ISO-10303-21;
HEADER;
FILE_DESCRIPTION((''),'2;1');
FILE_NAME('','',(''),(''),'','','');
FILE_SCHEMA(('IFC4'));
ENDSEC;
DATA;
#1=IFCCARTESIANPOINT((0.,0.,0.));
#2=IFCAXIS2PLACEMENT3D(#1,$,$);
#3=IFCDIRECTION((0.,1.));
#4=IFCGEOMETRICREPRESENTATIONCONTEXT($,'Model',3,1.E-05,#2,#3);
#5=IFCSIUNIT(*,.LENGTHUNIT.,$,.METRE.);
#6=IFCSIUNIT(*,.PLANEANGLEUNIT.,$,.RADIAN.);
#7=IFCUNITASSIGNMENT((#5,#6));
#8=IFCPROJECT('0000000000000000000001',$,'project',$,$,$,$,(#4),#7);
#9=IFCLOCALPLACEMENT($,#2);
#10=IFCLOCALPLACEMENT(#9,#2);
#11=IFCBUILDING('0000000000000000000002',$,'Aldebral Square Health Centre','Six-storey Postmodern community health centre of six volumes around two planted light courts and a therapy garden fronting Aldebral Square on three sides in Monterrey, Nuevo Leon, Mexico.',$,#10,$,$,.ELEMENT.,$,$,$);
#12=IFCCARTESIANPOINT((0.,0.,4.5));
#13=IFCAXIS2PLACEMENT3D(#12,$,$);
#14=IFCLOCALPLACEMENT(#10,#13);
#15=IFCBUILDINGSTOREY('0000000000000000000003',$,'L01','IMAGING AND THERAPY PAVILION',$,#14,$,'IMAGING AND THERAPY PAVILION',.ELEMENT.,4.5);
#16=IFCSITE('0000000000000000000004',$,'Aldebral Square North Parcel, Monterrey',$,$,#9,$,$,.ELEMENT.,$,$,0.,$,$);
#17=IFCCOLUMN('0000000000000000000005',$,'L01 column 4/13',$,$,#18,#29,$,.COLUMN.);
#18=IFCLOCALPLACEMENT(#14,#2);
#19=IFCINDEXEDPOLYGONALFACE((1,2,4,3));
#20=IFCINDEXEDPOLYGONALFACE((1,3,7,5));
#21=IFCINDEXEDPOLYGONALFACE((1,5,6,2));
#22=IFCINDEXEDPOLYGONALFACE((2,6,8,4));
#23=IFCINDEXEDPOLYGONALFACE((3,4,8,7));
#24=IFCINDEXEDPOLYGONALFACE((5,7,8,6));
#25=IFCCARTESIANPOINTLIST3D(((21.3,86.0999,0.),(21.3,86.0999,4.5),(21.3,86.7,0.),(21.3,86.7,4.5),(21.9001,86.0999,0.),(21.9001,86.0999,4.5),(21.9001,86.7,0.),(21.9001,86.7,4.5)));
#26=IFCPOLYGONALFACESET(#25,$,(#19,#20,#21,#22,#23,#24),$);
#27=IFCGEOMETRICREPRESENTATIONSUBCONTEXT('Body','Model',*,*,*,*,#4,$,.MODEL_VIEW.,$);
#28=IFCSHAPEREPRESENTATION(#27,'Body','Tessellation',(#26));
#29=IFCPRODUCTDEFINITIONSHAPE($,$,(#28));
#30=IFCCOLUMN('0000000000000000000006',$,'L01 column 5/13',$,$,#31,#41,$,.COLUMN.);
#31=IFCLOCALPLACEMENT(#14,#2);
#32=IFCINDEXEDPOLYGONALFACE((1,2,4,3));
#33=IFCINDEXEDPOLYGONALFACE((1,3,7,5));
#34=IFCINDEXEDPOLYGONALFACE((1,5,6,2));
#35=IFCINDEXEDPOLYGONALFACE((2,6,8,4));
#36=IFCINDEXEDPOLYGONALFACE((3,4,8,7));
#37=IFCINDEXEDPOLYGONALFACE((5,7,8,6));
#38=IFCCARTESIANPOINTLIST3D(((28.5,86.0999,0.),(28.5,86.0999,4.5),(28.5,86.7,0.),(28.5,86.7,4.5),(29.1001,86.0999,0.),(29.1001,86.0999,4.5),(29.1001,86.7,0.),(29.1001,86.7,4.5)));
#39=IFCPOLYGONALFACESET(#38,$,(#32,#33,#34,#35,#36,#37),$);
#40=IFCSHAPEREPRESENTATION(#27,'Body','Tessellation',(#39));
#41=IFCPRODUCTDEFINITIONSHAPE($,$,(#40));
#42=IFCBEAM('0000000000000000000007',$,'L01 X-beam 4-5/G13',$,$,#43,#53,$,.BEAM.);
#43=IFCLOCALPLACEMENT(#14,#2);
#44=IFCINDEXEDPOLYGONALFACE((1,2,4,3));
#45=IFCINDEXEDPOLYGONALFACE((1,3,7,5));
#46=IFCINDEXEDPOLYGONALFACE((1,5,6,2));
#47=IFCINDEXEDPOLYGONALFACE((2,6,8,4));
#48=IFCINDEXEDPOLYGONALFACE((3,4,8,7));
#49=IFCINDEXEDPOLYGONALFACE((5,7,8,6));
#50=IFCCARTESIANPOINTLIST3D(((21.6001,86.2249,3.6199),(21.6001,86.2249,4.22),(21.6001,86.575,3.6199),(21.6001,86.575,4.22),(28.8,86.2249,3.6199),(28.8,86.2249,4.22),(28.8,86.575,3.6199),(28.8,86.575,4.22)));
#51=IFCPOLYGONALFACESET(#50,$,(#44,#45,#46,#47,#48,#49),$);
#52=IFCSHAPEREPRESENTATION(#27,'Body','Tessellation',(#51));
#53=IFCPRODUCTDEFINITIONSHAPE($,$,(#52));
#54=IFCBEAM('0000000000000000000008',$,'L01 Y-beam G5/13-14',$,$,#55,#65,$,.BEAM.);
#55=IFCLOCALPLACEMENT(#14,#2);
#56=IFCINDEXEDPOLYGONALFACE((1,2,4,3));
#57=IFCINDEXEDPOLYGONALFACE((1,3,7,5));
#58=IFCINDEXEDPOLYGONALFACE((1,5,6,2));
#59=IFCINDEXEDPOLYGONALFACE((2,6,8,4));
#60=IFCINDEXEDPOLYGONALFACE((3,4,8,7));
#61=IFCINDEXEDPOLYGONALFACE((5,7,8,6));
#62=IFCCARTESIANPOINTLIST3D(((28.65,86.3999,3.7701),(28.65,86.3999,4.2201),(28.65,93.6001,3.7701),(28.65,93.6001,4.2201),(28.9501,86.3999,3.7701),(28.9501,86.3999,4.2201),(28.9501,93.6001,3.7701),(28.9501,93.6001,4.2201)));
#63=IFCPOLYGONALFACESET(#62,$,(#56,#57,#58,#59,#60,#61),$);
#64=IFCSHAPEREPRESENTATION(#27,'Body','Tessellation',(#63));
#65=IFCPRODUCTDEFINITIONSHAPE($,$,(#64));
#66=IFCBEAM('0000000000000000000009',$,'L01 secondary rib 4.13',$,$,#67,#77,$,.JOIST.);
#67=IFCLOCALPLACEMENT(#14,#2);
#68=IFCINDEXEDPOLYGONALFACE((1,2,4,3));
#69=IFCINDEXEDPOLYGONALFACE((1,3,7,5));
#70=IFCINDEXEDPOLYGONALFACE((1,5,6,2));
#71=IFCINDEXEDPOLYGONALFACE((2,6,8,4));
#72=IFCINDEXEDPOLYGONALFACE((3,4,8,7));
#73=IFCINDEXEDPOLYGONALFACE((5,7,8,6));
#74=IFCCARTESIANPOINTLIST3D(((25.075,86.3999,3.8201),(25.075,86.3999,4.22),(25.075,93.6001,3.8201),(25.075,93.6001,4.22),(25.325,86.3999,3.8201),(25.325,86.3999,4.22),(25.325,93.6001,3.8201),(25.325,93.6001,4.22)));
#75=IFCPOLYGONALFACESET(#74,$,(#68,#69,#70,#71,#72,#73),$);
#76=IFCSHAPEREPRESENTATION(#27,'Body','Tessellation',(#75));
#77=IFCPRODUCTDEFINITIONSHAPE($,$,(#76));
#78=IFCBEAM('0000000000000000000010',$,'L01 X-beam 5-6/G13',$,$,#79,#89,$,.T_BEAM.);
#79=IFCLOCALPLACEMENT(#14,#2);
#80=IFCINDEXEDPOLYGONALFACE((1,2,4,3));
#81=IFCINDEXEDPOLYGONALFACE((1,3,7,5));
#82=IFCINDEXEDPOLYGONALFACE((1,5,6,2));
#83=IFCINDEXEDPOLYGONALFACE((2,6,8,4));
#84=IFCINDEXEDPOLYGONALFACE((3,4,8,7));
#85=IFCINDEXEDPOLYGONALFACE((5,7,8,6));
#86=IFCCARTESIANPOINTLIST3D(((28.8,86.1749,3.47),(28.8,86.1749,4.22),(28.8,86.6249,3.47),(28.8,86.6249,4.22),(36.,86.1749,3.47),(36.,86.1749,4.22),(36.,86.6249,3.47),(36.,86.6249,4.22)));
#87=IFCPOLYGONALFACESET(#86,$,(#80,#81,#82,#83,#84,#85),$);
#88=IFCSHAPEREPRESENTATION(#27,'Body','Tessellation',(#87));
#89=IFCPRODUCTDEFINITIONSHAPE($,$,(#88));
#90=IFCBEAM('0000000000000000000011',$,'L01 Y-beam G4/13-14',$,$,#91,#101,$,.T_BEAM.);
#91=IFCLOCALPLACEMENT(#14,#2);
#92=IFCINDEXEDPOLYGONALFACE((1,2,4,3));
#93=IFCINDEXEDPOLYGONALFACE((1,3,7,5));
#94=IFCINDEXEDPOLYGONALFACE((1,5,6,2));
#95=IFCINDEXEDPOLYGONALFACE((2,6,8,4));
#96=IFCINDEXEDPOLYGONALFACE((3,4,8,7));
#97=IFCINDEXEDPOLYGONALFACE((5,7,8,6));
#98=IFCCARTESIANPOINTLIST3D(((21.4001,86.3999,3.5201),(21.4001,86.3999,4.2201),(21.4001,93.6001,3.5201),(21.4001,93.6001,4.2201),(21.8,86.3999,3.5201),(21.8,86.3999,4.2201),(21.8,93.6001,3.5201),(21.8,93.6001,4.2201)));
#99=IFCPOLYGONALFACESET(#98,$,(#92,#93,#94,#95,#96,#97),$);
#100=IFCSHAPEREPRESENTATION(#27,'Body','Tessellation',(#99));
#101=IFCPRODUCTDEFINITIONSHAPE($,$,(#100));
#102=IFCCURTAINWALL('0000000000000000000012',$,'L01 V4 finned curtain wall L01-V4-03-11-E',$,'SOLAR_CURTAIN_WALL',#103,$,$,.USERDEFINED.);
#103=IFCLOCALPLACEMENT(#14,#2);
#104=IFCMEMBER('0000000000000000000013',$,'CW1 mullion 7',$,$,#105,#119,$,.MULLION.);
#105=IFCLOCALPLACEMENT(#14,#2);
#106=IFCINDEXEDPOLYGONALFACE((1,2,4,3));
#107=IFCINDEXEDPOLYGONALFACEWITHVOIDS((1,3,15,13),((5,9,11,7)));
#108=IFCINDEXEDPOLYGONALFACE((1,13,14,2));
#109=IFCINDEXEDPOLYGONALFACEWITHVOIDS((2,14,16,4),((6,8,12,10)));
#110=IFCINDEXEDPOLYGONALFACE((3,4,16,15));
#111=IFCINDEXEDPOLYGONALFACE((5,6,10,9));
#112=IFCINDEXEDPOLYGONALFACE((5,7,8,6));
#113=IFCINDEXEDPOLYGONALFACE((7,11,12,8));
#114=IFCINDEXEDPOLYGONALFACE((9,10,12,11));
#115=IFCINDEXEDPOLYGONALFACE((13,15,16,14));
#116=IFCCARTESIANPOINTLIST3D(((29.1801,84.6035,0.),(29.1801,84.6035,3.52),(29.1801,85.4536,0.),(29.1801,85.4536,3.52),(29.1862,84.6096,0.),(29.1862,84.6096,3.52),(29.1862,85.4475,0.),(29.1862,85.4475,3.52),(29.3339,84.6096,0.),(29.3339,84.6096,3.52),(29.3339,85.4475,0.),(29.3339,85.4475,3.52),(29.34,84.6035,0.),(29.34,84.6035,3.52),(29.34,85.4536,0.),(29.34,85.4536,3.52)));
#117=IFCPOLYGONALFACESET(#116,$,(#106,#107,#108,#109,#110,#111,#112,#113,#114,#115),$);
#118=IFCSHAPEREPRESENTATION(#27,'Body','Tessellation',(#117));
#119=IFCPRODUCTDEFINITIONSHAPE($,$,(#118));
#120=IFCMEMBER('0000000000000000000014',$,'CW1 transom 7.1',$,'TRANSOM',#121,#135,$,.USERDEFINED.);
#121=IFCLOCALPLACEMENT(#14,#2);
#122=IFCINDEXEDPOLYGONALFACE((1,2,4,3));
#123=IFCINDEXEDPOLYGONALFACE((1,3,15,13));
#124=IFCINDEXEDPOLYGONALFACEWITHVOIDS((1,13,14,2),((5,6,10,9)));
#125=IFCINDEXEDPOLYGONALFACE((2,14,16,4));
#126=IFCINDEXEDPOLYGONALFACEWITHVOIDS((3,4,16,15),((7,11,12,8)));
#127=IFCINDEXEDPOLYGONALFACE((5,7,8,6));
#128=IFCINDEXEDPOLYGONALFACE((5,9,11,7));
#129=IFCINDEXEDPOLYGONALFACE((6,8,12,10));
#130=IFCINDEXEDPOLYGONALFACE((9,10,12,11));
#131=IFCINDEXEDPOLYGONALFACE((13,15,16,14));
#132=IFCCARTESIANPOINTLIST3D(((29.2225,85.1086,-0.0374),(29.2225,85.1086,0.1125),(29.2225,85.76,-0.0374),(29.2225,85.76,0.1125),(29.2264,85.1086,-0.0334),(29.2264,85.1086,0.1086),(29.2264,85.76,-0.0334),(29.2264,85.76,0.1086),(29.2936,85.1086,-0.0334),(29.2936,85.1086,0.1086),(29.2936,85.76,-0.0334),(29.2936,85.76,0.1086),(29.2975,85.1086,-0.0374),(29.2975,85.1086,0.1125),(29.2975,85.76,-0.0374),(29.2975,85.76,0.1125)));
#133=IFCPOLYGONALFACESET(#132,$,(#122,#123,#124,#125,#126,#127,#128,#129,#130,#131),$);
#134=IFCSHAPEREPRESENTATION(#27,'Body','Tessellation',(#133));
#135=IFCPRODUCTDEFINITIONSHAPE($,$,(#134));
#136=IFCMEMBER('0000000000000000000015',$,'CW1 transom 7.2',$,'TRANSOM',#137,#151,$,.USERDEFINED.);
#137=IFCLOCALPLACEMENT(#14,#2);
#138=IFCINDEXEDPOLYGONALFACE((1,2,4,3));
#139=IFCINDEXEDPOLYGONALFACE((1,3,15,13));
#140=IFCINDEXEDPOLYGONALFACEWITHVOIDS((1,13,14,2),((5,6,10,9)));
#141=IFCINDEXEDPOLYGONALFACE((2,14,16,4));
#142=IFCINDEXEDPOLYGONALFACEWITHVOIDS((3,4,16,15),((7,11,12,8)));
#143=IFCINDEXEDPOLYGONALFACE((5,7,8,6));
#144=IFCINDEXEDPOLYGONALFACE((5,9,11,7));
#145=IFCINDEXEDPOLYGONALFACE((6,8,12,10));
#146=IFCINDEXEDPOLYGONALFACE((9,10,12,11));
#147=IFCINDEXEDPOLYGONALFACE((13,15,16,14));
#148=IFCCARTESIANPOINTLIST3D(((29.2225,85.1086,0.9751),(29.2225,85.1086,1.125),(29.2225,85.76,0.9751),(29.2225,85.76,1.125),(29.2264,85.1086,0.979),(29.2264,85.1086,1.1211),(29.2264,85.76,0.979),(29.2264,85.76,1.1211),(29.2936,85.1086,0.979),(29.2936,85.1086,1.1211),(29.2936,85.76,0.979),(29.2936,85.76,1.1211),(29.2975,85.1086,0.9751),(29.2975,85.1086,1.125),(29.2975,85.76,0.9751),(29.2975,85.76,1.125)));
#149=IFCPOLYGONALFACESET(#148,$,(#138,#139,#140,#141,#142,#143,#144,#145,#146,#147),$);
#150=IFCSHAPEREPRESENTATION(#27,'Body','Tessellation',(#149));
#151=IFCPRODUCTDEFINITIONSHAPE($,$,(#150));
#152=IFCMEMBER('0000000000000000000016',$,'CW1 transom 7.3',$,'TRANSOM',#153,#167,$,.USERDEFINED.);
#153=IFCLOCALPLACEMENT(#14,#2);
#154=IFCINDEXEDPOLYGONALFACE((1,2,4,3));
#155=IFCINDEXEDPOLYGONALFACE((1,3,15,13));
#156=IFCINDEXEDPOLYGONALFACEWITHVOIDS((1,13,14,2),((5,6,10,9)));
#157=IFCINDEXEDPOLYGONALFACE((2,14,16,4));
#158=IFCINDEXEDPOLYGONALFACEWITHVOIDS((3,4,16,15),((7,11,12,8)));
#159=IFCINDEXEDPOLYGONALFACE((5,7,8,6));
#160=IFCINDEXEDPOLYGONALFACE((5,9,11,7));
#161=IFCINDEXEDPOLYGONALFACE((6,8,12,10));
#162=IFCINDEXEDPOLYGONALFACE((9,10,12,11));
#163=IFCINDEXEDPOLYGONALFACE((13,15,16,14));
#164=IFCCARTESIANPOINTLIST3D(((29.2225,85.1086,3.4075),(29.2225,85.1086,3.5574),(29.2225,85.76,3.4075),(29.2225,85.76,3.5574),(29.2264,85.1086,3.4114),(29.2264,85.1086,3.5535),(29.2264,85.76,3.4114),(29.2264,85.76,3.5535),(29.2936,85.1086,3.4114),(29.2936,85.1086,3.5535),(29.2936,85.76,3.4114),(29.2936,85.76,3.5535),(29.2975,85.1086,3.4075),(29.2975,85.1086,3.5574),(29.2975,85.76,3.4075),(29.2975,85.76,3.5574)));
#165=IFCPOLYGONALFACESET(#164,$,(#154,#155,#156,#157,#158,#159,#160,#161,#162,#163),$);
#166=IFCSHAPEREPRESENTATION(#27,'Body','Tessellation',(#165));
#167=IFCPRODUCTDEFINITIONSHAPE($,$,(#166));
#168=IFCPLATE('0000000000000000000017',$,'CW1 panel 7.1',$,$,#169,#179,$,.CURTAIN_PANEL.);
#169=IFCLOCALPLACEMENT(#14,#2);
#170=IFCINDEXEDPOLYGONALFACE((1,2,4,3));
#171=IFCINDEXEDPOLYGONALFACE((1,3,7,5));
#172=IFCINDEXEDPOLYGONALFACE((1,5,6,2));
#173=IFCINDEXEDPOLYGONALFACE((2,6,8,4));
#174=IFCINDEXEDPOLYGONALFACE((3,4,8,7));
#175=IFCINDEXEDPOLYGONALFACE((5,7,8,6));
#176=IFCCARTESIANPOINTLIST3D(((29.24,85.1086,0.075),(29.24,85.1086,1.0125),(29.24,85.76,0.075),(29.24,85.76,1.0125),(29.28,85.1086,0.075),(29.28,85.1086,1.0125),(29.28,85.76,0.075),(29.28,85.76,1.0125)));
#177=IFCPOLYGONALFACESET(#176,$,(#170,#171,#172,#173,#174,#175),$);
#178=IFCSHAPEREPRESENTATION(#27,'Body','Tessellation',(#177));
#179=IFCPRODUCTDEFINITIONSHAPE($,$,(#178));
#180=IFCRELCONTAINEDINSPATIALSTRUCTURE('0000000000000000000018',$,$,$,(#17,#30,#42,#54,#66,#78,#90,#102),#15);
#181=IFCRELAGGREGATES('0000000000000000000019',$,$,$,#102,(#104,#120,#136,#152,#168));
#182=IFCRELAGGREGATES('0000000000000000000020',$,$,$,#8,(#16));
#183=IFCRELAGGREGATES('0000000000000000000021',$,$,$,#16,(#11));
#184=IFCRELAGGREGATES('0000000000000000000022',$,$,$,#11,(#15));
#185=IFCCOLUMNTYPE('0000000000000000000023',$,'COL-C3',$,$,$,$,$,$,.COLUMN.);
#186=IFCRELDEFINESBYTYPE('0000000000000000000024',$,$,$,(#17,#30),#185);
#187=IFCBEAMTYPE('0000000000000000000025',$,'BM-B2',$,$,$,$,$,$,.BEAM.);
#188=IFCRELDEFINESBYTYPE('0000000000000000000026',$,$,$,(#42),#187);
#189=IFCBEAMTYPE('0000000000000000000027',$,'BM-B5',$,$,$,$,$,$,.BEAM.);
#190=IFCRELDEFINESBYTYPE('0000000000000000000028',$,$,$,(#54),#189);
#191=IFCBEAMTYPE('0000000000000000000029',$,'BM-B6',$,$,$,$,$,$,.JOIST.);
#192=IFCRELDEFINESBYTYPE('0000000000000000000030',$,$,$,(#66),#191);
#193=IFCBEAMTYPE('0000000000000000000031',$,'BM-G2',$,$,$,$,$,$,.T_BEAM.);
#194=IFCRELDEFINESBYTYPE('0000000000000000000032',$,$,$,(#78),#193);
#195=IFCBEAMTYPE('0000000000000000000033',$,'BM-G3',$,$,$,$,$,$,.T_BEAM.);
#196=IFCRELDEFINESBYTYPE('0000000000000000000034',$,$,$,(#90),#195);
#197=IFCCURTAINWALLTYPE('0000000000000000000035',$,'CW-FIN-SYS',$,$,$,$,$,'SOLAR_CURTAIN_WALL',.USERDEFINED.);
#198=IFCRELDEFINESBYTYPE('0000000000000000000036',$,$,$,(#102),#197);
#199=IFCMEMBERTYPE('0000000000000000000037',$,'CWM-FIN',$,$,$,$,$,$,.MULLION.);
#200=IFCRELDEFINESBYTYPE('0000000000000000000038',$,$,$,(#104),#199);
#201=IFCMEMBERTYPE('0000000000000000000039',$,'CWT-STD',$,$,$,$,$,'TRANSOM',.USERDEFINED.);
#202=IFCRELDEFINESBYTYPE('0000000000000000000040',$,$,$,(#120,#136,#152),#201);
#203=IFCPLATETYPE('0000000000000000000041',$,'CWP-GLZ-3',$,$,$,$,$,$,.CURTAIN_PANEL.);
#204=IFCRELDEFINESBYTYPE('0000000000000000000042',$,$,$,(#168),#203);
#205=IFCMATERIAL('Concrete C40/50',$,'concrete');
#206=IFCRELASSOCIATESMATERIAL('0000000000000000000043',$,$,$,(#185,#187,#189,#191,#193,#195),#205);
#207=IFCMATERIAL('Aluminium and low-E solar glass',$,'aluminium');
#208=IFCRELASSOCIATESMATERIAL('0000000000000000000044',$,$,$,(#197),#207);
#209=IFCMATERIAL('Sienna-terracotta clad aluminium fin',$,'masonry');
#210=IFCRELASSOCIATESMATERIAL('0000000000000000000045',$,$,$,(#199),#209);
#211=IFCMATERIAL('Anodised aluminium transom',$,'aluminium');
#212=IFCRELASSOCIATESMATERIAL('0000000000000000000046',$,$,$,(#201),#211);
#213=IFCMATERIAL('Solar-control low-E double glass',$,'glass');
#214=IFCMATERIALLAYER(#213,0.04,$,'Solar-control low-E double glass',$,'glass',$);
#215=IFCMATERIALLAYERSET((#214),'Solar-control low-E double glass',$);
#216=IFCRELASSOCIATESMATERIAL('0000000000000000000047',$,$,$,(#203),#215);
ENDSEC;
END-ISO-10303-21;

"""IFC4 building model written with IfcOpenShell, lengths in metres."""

from ifc_helpers import new_model, si_unit, direction, frame, origin, origin_2d, place, context, subcontext, project, spatial, rectangle, hollow_rectangle, extrude, material, layer, layer_set, material_profile, profile_set, type_object, element, aggregate, save


model = new_model("IFC4")

# Units and contexts
model_context = context("Model", 3, precision=1e-05, world=origin(), true_north=direction((0.0, 1.0)))
body_context = subcontext(model_context, "Body", "Model", "MODEL_VIEW")
ifc_project = project(units=[si_unit("LENGTHUNIT", "METRE"), si_unit("PLANEANGLEUNIT", "RADIAN")], contexts=[model_context])

# Site, building, storey
site_placement = place(None, origin())
site = spatial("IfcSite", under=ifc_project, at=site_placement, Name="Aldebral Square North Parcel, Monterrey", CompositionType="ELEMENT", RefElevation=0.0)
building_placement = place(site_placement, origin())
building = spatial("IfcBuilding", under=site, at=building_placement, Name="Aldebral Square Health Centre", Description="Six-storey Postmodern community health centre of six volumes around two planted light courts and a therapy garden fronting Aldebral Square on three sides in Monterrey, Nuevo Leon, Mexico.", CompositionType="ELEMENT")
storey_placement = place(building_placement, frame((0.0, 0.0, 4.5)))
storey = spatial("IfcBuildingStorey", under=building, at=storey_placement, Name="L01", Description="IMAGING AND THERAPY PAVILION", LongName="IMAGING AND THERAPY PAVILION", CompositionType="ELEMENT", Elevation=4.5)

# Columns
ifc_material_1 = material(Name="Concrete C40/50", Category="concrete")
ifc_material_profile_1 = material_profile(ifc_material_1, rectangle(XDim=0.6001, YDim=0.6001, at=origin_2d()), Name="RC 600x600")
ifc_profile_set_1 = profile_set([ifc_material_profile_1], Name="Concrete C40/50")
column_type = type_object("IfcColumnType", Name="COL-C3", PredefinedType="COLUMN", material=ifc_profile_set_1)
for number, where, z_axis, x_axis, name in (
    (1, (21.6001, 86.3999, 0.0), (0.0, 0.0, 1.0), (1.0, 0.0, 0.0), "L01 column 4/13"),
    (2, (28.8, 86.3999, 0.0), (0.0, 0.0, 1.0), (1.0, 0.0, 0.0), "L01 column 5/13"),
):
    element("IfcColumn", number, at=place(storey_placement, frame(where, z_axis=z_axis, x_axis=x_axis)), inside=storey, type_object=column_type, Name=name, PredefinedType="COLUMN", context=body_context, shape_type="SweptSolid", body=[
        extrude(rectangle(XDim=0.6001, YDim=0.6001, at=origin_2d()), origin(), (0.0, 0.0, 1.0), 4.5),
    ])

# Beams
ifc_material_profile_2 = material_profile(ifc_material_1, rectangle(XDim=0.3501, YDim=0.6001, at=origin_2d()), Name="RC 350x600")
ifc_profile_set_2 = profile_set([ifc_material_profile_2], Name="Concrete C40/50")
beam_type_1 = type_object("IfcBeamType", Name="BM-B2", PredefinedType="BEAM", material=ifc_profile_set_2)
beam_1_placement = place(storey_placement, frame((21.6001, 86.3999, 3.9199), z_axis=(1.0, 0.0, 0.0), x_axis=(0.0, 1.0, 0.0)))
element("IfcBeam", 3, at=beam_1_placement, inside=storey, type_object=beam_type_1, Name="L01 X-beam 4-5/G13", PredefinedType="BEAM", context=body_context, shape_type="SweptSolid", body=[
    extrude(rectangle(XDim=0.3501, YDim=0.6001, at=origin_2d()), origin(), (0.0, 0.0, 1.0), 7.2),
])
ifc_material_profile_3 = material_profile(ifc_material_1, rectangle(XDim=0.3, YDim=0.45, at=origin_2d()), Name="RC 300x450")
ifc_profile_set_3 = profile_set([ifc_material_profile_3], Name="Concrete C40/50")
beam_type_2 = type_object("IfcBeamType", Name="BM-B5", PredefinedType="BEAM", material=ifc_profile_set_3)
beam_2_placement = place(storey_placement, frame((28.8, 86.3999, 3.9951), z_axis=(0.0, 1.0, 0.0), x_axis=(-1.0, 0.0, 0.0)))
element("IfcBeam", 4, at=beam_2_placement, inside=storey, type_object=beam_type_2, Name="L01 Y-beam G5/13-14", PredefinedType="BEAM", context=body_context, shape_type="SweptSolid", body=[
    extrude(rectangle(XDim=0.3, YDim=0.45, at=origin_2d()), origin(), (0.0, 0.0, 1.0), 7.2002),
])
ifc_material_profile_4 = material_profile(ifc_material_1, rectangle(XDim=0.25, YDim=0.3999, at=origin_2d()), Name="RC 250x400")
ifc_profile_set_4 = profile_set([ifc_material_profile_4], Name="Concrete C40/50")
beam_type_3 = type_object("IfcBeamType", Name="BM-B6", PredefinedType="JOIST", material=ifc_profile_set_4)
beam_3_placement = place(storey_placement, frame((25.2, 86.3999, 4.02), z_axis=(0.0, 1.0, 0.0), x_axis=(-1.0, 0.0, 0.0)))
element("IfcBeam", 5, at=beam_3_placement, inside=storey, type_object=beam_type_3, Name="L01 secondary rib 4.13", PredefinedType="JOIST", context=body_context, shape_type="SweptSolid", body=[
    extrude(rectangle(XDim=0.25, YDim=0.3999, at=origin_2d()), origin(), (0.0, 0.0, 1.0), 7.2002),
])
ifc_material_profile_5 = material_profile(ifc_material_1, rectangle(XDim=0.45, YDim=0.75, at=origin_2d()), Name="RC 450x750")
ifc_profile_set_5 = profile_set([ifc_material_profile_5], Name="Concrete C40/50")
beam_type_4 = type_object("IfcBeamType", Name="BM-G2", PredefinedType="T_BEAM", material=ifc_profile_set_5)
beam_4_placement = place(storey_placement, frame((28.8, 86.3999, 3.845), z_axis=(1.0, 0.0, 0.0), x_axis=(0.0, 1.0, 0.0)))
element("IfcBeam", 6, at=beam_4_placement, inside=storey, type_object=beam_type_4, Name="L01 X-beam 5-6/G13", PredefinedType="T_BEAM", context=body_context, shape_type="SweptSolid", body=[
    extrude(rectangle(XDim=0.45, YDim=0.75, at=origin_2d()), origin(), (0.0, 0.0, 1.0), 7.2),
])
ifc_material_profile_6 = material_profile(ifc_material_1, rectangle(XDim=0.3999, YDim=0.7, at=origin_2d()), Name="RC 400x700")
ifc_profile_set_6 = profile_set([ifc_material_profile_6], Name="Concrete C40/50")
beam_type_5 = type_object("IfcBeamType", Name="BM-G3", PredefinedType="T_BEAM", material=ifc_profile_set_6)
beam_5_placement = place(storey_placement, frame((21.6001, 86.3999, 3.8701), z_axis=(0.0, 1.0, 0.0), x_axis=(-1.0, 0.0, 0.0)))
element("IfcBeam", 7, at=beam_5_placement, inside=storey, type_object=beam_type_5, Name="L01 Y-beam G4/13-14", PredefinedType="T_BEAM", context=body_context, shape_type="SweptSolid", body=[
    extrude(rectangle(XDim=0.3999, YDim=0.7, at=origin_2d()), origin(), (0.0, 0.0, 1.0), 7.2002),
])

# Curtain wall, members, plate
ifc_material_2 = material(Name="Aluminium and low-E solar glass", Category="aluminium")
curtain_wall_type = type_object("IfcCurtainWallType", Name="CW-FIN-SYS", ElementType="SOLAR_CURTAIN_WALL", PredefinedType="USERDEFINED", material=ifc_material_2)
curtain_wall_placement = place(storey_placement, origin())
curtain_wall = element("IfcCurtainWall", 8, at=curtain_wall_placement, inside=storey, type_object=curtain_wall_type, Name="L01 V4 finned curtain wall L01-V4-03-11-E", ObjectType="SOLAR_CURTAIN_WALL", PredefinedType="USERDEFINED")
ifc_material_3 = material(Name="Sienna-terracotta clad aluminium fin", Category="masonry")
ifc_material_profile_7 = material_profile(ifc_material_3, hollow_rectangle(XDim=0.1599, YDim=0.8501, WallThickness=0.0061, at=origin_2d()), Name="FIN 160x850x6")
ifc_profile_set_7 = profile_set([ifc_material_profile_7], Name="Sienna-terracotta clad aluminium fin")
member_type_1 = type_object("IfcMemberType", Name="CWM-FIN", PredefinedType="MULLION", material=ifc_profile_set_7)
member_1_placement = place(storey_placement, frame((29.26, 85.0286, 0.0), z_axis=(0.0, 0.0, 1.0), x_axis=(-1.0, 0.0, 0.0)))
member_1 = element("IfcMember", 9, at=member_1_placement, type_object=member_type_1, Name="CW1 mullion 7", PredefinedType="MULLION", context=body_context, shape_type="SweptSolid", body=[
    extrude(hollow_rectangle(XDim=0.1599, YDim=0.8501, WallThickness=0.0061, at=origin_2d()), origin(), (0.0, 0.0, 1.0), 3.52),
])
ifc_material_4 = material(Name="Anodised aluminium transom", Category="aluminium")
ifc_material_profile_8 = material_profile(ifc_material_4, hollow_rectangle(XDim=0.075, YDim=0.1499, WallThickness=0.0039, at=origin_2d()), Name="CWT 75x150x4")
ifc_profile_set_8 = profile_set([ifc_material_profile_8], Name="Anodised aluminium transom")
member_type_2 = type_object("IfcMemberType", Name="CWT-STD", ElementType="TRANSOM", PredefinedType="USERDEFINED", material=ifc_profile_set_8)
member_2_placement = place(storey_placement, frame((29.26, 85.1086, 0.0376), z_axis=(0.0, 1.0, 0.0), x_axis=(-1.0, 0.0, 0.0)))
member_2 = element("IfcMember", 10, at=member_2_placement, type_object=member_type_2, Name="CW1 transom 7.1", ObjectType="TRANSOM", PredefinedType="USERDEFINED", context=body_context, shape_type="SweptSolid", body=[
    extrude(hollow_rectangle(XDim=0.075, YDim=0.1499, WallThickness=0.0039, at=origin_2d()), origin(), (0.0, 0.0, 1.0), 0.6514),
])
member_3_placement = place(storey_placement, frame((29.26, 85.1086, 1.05), z_axis=(0.0, 1.0, 0.0), x_axis=(-1.0, 0.0, 0.0)))
member_3 = element("IfcMember", 11, at=member_3_placement, type_object=member_type_2, Name="CW1 transom 7.2", ObjectType="TRANSOM", PredefinedType="USERDEFINED", context=body_context, shape_type="SweptSolid", body=[
    extrude(hollow_rectangle(XDim=0.075, YDim=0.1499, WallThickness=0.0039, at=origin_2d()), origin(), (0.0, 0.0, 1.0), 0.6514),
])
member_4_placement = place(storey_placement, frame((29.26, 85.1086, 3.4824), z_axis=(0.0, 1.0, 0.0), x_axis=(-1.0, 0.0, 0.0)))
member_4 = element("IfcMember", 12, at=member_4_placement, type_object=member_type_2, Name="CW1 transom 7.3", ObjectType="TRANSOM", PredefinedType="USERDEFINED", context=body_context, shape_type="SweptSolid", body=[
    extrude(hollow_rectangle(XDim=0.075, YDim=0.1499, WallThickness=0.0039, at=origin_2d()), origin(), (0.0, 0.0, 1.0), 0.6514),
])
ifc_material_5 = material(Name="Solar-control low-E double glass", Category="glass")
ifc_layer_1 = layer(ifc_material_5, 0.04, Name="Solar-control low-E double glass", Category="glass")
ifc_layer_set_1 = layer_set([ifc_layer_1], Name="Solar-control low-E double glass")
plate_type = type_object("IfcPlateType", Name="CWP-GLZ-3", PredefinedType="CURTAIN_PANEL", material=ifc_layer_set_1)
plate_placement = place(storey_placement, frame((29.26, 85.4343, 0.075), z_axis=(0.0, 0.0, 1.0), x_axis=(0.0, 1.0, 0.0)))
plate = element("IfcPlate", 13, at=plate_placement, type_object=plate_type, Name="CW1 panel 7.1", PredefinedType="CURTAIN_PANEL", context=body_context, shape_type="SweptSolid", body=[
    extrude(rectangle(XDim=0.6514, YDim=0.04, at=origin_2d()), origin(), (0.0, 0.0, 1.0), 0.9375),
])
aggregate(curtain_wall, [member_1, member_2, member_3, member_4, plate])

save(model, "model.ifc")
